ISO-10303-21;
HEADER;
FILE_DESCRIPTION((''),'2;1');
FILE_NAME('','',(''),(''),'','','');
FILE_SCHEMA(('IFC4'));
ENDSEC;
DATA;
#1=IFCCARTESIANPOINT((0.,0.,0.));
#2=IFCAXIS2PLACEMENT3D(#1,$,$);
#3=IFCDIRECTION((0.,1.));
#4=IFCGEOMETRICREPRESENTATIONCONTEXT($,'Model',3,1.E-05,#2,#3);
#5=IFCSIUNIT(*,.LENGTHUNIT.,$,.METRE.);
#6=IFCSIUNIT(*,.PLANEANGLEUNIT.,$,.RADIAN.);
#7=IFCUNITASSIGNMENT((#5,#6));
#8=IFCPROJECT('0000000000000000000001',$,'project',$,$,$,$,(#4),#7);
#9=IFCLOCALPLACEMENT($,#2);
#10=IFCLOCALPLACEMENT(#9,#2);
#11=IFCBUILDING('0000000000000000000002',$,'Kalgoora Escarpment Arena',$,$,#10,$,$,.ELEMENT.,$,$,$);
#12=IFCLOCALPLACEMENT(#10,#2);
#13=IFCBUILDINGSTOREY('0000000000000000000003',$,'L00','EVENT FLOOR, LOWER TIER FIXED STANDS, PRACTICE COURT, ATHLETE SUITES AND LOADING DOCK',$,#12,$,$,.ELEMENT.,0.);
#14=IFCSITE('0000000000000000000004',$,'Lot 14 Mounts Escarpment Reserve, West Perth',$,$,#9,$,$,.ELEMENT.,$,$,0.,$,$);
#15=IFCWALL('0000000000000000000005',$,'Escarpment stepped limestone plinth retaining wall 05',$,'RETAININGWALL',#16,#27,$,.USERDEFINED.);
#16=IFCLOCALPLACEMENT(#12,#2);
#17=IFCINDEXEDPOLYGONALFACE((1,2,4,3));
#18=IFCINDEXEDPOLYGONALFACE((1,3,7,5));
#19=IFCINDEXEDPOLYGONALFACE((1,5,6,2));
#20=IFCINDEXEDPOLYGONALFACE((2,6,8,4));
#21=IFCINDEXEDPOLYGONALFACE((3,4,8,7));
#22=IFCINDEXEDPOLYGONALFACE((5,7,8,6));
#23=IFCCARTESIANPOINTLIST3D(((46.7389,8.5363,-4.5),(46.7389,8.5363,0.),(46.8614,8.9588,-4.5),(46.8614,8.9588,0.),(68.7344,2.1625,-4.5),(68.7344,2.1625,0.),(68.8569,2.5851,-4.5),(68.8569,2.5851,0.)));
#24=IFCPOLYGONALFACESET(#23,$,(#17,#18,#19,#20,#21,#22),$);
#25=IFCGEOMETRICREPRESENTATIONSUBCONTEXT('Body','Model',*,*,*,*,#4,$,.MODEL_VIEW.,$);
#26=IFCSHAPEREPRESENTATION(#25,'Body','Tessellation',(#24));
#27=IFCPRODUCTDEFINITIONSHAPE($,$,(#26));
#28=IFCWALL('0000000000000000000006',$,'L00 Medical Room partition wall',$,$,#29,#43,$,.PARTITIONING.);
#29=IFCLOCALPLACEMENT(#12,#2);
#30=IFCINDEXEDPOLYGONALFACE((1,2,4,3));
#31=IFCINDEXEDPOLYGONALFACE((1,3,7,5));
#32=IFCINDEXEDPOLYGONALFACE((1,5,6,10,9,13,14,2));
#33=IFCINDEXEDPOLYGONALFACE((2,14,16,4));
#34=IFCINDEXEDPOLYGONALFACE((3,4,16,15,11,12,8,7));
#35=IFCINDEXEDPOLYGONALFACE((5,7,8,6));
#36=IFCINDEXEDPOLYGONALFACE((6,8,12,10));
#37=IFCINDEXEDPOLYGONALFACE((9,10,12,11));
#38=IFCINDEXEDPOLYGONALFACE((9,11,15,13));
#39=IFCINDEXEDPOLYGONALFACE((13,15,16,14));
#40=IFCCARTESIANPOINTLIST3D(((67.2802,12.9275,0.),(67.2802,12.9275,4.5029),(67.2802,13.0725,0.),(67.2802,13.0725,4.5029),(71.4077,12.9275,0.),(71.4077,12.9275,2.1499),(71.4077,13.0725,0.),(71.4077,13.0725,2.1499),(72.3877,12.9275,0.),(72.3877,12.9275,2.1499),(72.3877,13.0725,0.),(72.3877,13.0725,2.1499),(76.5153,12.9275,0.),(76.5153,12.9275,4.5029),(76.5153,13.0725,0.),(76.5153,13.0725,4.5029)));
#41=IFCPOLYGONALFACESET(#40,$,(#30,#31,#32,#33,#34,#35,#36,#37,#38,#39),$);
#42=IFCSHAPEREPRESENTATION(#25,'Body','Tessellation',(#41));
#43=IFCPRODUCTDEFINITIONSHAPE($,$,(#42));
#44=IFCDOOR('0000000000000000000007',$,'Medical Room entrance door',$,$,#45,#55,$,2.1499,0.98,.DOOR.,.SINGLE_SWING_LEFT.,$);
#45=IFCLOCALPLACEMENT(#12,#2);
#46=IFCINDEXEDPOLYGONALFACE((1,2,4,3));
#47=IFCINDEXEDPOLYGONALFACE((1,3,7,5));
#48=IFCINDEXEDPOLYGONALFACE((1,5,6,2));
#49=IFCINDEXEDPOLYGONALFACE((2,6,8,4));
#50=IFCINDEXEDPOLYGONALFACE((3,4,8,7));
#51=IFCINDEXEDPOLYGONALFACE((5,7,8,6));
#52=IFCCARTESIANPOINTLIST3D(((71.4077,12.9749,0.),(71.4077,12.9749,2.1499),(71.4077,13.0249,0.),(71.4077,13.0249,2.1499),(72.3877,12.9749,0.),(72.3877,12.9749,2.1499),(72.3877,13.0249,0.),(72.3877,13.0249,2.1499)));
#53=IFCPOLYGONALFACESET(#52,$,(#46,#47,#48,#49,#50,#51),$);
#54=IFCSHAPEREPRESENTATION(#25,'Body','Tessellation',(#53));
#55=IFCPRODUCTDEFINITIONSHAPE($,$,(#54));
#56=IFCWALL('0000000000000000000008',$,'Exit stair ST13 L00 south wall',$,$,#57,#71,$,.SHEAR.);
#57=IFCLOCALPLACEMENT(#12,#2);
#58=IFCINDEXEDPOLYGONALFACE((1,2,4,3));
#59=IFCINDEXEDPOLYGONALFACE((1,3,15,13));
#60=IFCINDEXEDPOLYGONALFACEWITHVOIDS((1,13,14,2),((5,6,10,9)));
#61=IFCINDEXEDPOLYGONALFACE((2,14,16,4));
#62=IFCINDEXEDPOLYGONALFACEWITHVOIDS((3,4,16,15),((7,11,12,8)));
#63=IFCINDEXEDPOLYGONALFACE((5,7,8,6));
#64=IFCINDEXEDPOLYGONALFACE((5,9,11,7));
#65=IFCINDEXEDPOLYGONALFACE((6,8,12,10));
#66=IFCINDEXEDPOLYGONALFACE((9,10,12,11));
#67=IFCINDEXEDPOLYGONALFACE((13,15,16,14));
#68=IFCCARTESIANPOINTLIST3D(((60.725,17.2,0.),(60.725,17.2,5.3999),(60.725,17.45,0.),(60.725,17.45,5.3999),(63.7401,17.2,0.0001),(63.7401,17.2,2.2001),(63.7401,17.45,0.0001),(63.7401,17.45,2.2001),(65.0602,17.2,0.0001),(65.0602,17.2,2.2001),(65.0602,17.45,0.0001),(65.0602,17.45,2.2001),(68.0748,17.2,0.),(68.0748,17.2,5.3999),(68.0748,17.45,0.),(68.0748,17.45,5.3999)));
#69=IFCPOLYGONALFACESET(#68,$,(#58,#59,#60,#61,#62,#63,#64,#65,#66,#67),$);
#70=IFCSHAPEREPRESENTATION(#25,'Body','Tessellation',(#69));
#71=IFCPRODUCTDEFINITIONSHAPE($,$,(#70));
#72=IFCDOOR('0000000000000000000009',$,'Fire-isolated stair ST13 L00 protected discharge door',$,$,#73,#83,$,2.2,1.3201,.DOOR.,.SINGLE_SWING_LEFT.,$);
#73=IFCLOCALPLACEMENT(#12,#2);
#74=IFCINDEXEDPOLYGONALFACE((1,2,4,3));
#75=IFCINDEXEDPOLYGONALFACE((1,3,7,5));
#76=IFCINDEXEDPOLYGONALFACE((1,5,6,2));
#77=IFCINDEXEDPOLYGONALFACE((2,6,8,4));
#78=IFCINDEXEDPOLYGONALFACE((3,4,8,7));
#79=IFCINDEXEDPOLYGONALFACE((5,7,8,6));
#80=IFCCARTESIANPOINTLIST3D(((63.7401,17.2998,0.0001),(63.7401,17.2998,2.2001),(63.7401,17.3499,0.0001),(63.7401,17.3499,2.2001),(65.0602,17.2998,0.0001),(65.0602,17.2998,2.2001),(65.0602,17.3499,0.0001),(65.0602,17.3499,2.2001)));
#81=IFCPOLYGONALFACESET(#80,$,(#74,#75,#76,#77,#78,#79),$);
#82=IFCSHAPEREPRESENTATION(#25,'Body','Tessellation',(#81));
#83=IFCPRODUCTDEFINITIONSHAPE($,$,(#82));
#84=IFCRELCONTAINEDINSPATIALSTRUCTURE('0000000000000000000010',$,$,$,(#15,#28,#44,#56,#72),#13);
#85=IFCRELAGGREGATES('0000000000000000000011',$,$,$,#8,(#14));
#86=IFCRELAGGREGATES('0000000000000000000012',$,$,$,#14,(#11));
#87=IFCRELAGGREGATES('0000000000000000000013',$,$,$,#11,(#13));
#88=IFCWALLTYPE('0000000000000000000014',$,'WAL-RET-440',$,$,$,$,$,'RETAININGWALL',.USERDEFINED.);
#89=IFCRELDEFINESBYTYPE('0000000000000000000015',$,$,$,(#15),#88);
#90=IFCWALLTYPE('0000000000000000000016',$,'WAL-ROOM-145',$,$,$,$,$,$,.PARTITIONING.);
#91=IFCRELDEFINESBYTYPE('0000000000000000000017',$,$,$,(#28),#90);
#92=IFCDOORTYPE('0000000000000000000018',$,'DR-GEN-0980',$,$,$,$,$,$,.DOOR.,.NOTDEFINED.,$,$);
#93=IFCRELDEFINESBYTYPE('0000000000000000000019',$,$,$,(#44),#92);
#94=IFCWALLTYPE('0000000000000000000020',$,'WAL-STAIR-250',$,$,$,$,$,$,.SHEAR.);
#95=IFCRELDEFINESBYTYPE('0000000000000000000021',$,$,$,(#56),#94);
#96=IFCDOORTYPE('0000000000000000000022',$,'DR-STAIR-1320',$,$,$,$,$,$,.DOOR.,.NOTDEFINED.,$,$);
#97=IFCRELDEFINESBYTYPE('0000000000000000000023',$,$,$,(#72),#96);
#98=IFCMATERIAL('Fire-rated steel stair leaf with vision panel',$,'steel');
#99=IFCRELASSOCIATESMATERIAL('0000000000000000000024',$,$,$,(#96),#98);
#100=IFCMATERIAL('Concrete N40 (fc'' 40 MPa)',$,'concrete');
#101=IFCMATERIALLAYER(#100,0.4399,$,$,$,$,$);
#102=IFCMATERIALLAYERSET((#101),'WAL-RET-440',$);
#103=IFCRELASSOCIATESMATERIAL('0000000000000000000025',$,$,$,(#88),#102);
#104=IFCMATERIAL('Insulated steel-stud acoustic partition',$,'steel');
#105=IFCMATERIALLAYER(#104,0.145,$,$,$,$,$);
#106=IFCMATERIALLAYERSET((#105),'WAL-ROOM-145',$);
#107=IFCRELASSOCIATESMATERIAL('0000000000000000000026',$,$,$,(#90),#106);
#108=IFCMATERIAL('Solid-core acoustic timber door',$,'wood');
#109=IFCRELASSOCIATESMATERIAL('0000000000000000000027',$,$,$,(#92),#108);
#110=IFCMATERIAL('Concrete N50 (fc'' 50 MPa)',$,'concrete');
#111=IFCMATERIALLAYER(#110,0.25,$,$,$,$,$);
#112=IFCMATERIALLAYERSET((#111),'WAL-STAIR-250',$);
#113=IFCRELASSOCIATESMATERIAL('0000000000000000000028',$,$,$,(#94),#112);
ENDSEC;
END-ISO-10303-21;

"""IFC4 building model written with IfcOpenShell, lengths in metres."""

from ifc_helpers import new_model, si_unit, direction, frame, frame_2d, origin, place, context, subcontext, project, spatial, rectangle, extrude, material, layer, layer_set, type_object, element, fill, save


model = new_model("IFC4")

# Units and contexts
model_context = context("Model", 3, precision=1e-05, world=origin(), true_north=direction((0.0, 1.0)))
body_context = subcontext(model_context, "Body", "Model", "MODEL_VIEW")
ifc_project = project(units=[si_unit("LENGTHUNIT", "METRE"), si_unit("PLANEANGLEUNIT", "RADIAN")], contexts=[model_context])

# Site, building, storey
site_placement = place(None, origin())
site = spatial("IfcSite", under=ifc_project, at=site_placement, Name="Lot 14 Mounts Escarpment Reserve, West Perth", CompositionType="ELEMENT", RefElevation=0.0)
building_placement = place(site_placement, origin())
building = spatial("IfcBuilding", under=site, at=building_placement, Name="Kalgoora Escarpment Arena", CompositionType="ELEMENT")
storey_placement = place(building_placement, origin())
storey = spatial("IfcBuildingStorey", under=building, at=storey_placement, Name="L00", Description="EVENT FLOOR, LOWER TIER FIXED STANDS, PRACTICE COURT, ATHLETE SUITES AND LOADING DOCK", CompositionType="ELEMENT", Elevation=0.0)

# Shared definitions
ifc_material_1 = material(Name="Fire-rated steel stair leaf with vision panel", Category="steel")
door_type_1 = type_object("IfcDoorType", Name="DR-STAIR-1320", OperationType="NOTDEFINED", PredefinedType="DOOR", material=ifc_material_1)

# Wall
ifc_material_2 = material(Name="Concrete N40 (fc' 40 MPa)", Category="concrete")
ifc_layer_1 = layer(ifc_material_2, 0.4399)
ifc_layer_set_1 = layer_set([ifc_layer_1], Name="WAL-RET-440")
wall_type_1 = type_object("IfcWallType", Name="WAL-RET-440", ElementType="RETAININGWALL", PredefinedType="USERDEFINED", material=ifc_layer_set_1)
wall_1_placement = place(storey_placement, frame((68.7957, 2.3738, -4.5), z_axis=(0.0, 0.0, 1.0), x_axis=(-0.960487, 0.278325, 0.0)))
element("IfcWall", 1, at=wall_1_placement, inside=storey, type_object=wall_type_1, Name="Escarpment stepped limestone plinth retaining wall 05", ObjectType="RETAININGWALL", PredefinedType="USERDEFINED", context=body_context, shape_type="SweptSolid", body=[
    extrude(rectangle(XDim=22.9004, YDim=0.4399, at=frame_2d((11.4502, 0.0))), origin(), (0.0, 0.0, 1.0), 4.5),
])

# Walls, openings, doors
ifc_material_3 = material(Name="Insulated steel-stud acoustic partition", Category="steel")
ifc_layer_2 = layer(ifc_material_3, 0.145)
ifc_layer_set_2 = layer_set([ifc_layer_2], Name="WAL-ROOM-145")
wall_type_2 = type_object("IfcWallType", Name="WAL-ROOM-145", PredefinedType="PARTITIONING", material=ifc_layer_set_2)
wall_2_placement = place(storey_placement, frame((67.28, 13.0, 0.0), z_axis=(0.0, 0.0, 1.0), x_axis=(1.0, 0.0, 0.0)))
wall_2 = element("IfcWall", 2, at=wall_2_placement, inside=storey, type_object=wall_type_2, Name="L00 Medical Room partition wall", PredefinedType="PARTITIONING", context=body_context, shape_type="SweptSolid", body=[
    extrude(rectangle(XDim=9.2351, YDim=0.145, at=frame_2d((4.6177, 0.0))), origin(), (0.0, 0.0, 1.0), 4.5029),
])
opening_1_placement = place(wall_2_placement, frame((4.1277, 0.0, 0.0)))
opening_1 = element("IfcOpeningElement", 3, at=opening_1_placement, cuts=wall_2, PredefinedType="OPENING", context=body_context, shape_type="SweptSolid", body=[
    extrude(rectangle(XDim=0.98, YDim=2.1499, at=frame_2d((0.49, 1.075))), frame((0.0, 0.0825, 0.0), z_axis=(0.0, -1.0, 0.0), x_axis=(1.0, 0.0, 0.0)), (0.0, 0.0, 1.0), 0.165),
])
ifc_material_4 = material(Name="Solid-core acoustic timber door", Category="wood")
door_type_2 = type_object("IfcDoorType", Name="DR-GEN-0980", OperationType="NOTDEFINED", PredefinedType="DOOR", material=ifc_material_4)
door_1_placement = place(opening_1_placement, origin())
door_1 = element("IfcDoor", 4, at=door_1_placement, inside=storey, type_object=door_type_2, Name="Medical Room entrance door", OperationType="SINGLE_SWING_LEFT", OverallHeight=2.1499, OverallWidth=0.98, PredefinedType="DOOR", context=body_context, shape_type="SweptSolid", body=[
    extrude(rectangle(XDim=0.98, YDim=2.1499, at=frame_2d((0.49, 1.075))), frame((0.0, 0.0249, 0.0), z_axis=(0.0, -1.0, 0.0), x_axis=(1.0, 0.0, 0.0)), (0.0, 0.0, 1.0), 0.05),
])
fill(opening_1, door_1)
ifc_material_5 = material(Name="Concrete N50 (fc' 50 MPa)", Category="concrete")
ifc_layer_3 = layer(ifc_material_5, 0.25)
ifc_layer_set_3 = layer_set([ifc_layer_3], Name="WAL-STAIR-250")
wall_type_3 = type_object("IfcWallType", Name="WAL-STAIR-250", PredefinedType="SHEAR", material=ifc_layer_set_3)
wall_3_placement = place(storey_placement, frame((60.7251, 17.325, 0.0), z_axis=(0.0, 0.0, 1.0), x_axis=(1.0, 0.0, 0.0)))
wall_3 = element("IfcWall", 5, at=wall_3_placement, inside=storey, type_object=wall_type_3, Name="Exit stair ST13 L00 south wall", PredefinedType="SHEAR", context=body_context, shape_type="SweptSolid", body=[
    extrude(rectangle(XDim=7.3499, YDim=0.25, at=frame_2d((3.6748, 0.0))), origin(), (0.0, 0.0, 1.0), 5.3999),
])
opening_2_placement = place(wall_3_placement, frame((3.0149, 0.0, 0.0)))
opening_2 = element("IfcOpeningElement", 6, at=opening_2_placement, cuts=wall_3, PredefinedType="OPENING", context=body_context, shape_type="SweptSolid", body=[
    extrude(rectangle(XDim=1.3201, YDim=2.2, at=frame_2d((0.6602, 1.1001))), frame((0.0, 0.135, 0.0), z_axis=(0.0, -1.0, 0.0), x_axis=(1.0, 0.0, 0.0)), (0.0, 0.0, 1.0), 0.27),
])
door_2_placement = place(opening_2_placement, origin())
door_2 = element("IfcDoor", 7, at=door_2_placement, inside=storey, type_object=door_type_1, Name="Fire-isolated stair ST13 L00 protected discharge door", OperationType="SINGLE_SWING_LEFT", OverallHeight=2.2, OverallWidth=1.3201, PredefinedType="DOOR", context=body_context, shape_type="SweptSolid", body=[
    extrude(rectangle(XDim=1.3201, YDim=2.2, at=frame_2d((0.6602, 1.1001))), frame((0.0, 0.0249, 0.0), z_axis=(0.0, -1.0, 0.0), x_axis=(1.0, 0.0, 0.0)), (0.0, 0.0, 1.0), 0.05),
])
fill(opening_2, door_2)

save(model, "model.ifc")
